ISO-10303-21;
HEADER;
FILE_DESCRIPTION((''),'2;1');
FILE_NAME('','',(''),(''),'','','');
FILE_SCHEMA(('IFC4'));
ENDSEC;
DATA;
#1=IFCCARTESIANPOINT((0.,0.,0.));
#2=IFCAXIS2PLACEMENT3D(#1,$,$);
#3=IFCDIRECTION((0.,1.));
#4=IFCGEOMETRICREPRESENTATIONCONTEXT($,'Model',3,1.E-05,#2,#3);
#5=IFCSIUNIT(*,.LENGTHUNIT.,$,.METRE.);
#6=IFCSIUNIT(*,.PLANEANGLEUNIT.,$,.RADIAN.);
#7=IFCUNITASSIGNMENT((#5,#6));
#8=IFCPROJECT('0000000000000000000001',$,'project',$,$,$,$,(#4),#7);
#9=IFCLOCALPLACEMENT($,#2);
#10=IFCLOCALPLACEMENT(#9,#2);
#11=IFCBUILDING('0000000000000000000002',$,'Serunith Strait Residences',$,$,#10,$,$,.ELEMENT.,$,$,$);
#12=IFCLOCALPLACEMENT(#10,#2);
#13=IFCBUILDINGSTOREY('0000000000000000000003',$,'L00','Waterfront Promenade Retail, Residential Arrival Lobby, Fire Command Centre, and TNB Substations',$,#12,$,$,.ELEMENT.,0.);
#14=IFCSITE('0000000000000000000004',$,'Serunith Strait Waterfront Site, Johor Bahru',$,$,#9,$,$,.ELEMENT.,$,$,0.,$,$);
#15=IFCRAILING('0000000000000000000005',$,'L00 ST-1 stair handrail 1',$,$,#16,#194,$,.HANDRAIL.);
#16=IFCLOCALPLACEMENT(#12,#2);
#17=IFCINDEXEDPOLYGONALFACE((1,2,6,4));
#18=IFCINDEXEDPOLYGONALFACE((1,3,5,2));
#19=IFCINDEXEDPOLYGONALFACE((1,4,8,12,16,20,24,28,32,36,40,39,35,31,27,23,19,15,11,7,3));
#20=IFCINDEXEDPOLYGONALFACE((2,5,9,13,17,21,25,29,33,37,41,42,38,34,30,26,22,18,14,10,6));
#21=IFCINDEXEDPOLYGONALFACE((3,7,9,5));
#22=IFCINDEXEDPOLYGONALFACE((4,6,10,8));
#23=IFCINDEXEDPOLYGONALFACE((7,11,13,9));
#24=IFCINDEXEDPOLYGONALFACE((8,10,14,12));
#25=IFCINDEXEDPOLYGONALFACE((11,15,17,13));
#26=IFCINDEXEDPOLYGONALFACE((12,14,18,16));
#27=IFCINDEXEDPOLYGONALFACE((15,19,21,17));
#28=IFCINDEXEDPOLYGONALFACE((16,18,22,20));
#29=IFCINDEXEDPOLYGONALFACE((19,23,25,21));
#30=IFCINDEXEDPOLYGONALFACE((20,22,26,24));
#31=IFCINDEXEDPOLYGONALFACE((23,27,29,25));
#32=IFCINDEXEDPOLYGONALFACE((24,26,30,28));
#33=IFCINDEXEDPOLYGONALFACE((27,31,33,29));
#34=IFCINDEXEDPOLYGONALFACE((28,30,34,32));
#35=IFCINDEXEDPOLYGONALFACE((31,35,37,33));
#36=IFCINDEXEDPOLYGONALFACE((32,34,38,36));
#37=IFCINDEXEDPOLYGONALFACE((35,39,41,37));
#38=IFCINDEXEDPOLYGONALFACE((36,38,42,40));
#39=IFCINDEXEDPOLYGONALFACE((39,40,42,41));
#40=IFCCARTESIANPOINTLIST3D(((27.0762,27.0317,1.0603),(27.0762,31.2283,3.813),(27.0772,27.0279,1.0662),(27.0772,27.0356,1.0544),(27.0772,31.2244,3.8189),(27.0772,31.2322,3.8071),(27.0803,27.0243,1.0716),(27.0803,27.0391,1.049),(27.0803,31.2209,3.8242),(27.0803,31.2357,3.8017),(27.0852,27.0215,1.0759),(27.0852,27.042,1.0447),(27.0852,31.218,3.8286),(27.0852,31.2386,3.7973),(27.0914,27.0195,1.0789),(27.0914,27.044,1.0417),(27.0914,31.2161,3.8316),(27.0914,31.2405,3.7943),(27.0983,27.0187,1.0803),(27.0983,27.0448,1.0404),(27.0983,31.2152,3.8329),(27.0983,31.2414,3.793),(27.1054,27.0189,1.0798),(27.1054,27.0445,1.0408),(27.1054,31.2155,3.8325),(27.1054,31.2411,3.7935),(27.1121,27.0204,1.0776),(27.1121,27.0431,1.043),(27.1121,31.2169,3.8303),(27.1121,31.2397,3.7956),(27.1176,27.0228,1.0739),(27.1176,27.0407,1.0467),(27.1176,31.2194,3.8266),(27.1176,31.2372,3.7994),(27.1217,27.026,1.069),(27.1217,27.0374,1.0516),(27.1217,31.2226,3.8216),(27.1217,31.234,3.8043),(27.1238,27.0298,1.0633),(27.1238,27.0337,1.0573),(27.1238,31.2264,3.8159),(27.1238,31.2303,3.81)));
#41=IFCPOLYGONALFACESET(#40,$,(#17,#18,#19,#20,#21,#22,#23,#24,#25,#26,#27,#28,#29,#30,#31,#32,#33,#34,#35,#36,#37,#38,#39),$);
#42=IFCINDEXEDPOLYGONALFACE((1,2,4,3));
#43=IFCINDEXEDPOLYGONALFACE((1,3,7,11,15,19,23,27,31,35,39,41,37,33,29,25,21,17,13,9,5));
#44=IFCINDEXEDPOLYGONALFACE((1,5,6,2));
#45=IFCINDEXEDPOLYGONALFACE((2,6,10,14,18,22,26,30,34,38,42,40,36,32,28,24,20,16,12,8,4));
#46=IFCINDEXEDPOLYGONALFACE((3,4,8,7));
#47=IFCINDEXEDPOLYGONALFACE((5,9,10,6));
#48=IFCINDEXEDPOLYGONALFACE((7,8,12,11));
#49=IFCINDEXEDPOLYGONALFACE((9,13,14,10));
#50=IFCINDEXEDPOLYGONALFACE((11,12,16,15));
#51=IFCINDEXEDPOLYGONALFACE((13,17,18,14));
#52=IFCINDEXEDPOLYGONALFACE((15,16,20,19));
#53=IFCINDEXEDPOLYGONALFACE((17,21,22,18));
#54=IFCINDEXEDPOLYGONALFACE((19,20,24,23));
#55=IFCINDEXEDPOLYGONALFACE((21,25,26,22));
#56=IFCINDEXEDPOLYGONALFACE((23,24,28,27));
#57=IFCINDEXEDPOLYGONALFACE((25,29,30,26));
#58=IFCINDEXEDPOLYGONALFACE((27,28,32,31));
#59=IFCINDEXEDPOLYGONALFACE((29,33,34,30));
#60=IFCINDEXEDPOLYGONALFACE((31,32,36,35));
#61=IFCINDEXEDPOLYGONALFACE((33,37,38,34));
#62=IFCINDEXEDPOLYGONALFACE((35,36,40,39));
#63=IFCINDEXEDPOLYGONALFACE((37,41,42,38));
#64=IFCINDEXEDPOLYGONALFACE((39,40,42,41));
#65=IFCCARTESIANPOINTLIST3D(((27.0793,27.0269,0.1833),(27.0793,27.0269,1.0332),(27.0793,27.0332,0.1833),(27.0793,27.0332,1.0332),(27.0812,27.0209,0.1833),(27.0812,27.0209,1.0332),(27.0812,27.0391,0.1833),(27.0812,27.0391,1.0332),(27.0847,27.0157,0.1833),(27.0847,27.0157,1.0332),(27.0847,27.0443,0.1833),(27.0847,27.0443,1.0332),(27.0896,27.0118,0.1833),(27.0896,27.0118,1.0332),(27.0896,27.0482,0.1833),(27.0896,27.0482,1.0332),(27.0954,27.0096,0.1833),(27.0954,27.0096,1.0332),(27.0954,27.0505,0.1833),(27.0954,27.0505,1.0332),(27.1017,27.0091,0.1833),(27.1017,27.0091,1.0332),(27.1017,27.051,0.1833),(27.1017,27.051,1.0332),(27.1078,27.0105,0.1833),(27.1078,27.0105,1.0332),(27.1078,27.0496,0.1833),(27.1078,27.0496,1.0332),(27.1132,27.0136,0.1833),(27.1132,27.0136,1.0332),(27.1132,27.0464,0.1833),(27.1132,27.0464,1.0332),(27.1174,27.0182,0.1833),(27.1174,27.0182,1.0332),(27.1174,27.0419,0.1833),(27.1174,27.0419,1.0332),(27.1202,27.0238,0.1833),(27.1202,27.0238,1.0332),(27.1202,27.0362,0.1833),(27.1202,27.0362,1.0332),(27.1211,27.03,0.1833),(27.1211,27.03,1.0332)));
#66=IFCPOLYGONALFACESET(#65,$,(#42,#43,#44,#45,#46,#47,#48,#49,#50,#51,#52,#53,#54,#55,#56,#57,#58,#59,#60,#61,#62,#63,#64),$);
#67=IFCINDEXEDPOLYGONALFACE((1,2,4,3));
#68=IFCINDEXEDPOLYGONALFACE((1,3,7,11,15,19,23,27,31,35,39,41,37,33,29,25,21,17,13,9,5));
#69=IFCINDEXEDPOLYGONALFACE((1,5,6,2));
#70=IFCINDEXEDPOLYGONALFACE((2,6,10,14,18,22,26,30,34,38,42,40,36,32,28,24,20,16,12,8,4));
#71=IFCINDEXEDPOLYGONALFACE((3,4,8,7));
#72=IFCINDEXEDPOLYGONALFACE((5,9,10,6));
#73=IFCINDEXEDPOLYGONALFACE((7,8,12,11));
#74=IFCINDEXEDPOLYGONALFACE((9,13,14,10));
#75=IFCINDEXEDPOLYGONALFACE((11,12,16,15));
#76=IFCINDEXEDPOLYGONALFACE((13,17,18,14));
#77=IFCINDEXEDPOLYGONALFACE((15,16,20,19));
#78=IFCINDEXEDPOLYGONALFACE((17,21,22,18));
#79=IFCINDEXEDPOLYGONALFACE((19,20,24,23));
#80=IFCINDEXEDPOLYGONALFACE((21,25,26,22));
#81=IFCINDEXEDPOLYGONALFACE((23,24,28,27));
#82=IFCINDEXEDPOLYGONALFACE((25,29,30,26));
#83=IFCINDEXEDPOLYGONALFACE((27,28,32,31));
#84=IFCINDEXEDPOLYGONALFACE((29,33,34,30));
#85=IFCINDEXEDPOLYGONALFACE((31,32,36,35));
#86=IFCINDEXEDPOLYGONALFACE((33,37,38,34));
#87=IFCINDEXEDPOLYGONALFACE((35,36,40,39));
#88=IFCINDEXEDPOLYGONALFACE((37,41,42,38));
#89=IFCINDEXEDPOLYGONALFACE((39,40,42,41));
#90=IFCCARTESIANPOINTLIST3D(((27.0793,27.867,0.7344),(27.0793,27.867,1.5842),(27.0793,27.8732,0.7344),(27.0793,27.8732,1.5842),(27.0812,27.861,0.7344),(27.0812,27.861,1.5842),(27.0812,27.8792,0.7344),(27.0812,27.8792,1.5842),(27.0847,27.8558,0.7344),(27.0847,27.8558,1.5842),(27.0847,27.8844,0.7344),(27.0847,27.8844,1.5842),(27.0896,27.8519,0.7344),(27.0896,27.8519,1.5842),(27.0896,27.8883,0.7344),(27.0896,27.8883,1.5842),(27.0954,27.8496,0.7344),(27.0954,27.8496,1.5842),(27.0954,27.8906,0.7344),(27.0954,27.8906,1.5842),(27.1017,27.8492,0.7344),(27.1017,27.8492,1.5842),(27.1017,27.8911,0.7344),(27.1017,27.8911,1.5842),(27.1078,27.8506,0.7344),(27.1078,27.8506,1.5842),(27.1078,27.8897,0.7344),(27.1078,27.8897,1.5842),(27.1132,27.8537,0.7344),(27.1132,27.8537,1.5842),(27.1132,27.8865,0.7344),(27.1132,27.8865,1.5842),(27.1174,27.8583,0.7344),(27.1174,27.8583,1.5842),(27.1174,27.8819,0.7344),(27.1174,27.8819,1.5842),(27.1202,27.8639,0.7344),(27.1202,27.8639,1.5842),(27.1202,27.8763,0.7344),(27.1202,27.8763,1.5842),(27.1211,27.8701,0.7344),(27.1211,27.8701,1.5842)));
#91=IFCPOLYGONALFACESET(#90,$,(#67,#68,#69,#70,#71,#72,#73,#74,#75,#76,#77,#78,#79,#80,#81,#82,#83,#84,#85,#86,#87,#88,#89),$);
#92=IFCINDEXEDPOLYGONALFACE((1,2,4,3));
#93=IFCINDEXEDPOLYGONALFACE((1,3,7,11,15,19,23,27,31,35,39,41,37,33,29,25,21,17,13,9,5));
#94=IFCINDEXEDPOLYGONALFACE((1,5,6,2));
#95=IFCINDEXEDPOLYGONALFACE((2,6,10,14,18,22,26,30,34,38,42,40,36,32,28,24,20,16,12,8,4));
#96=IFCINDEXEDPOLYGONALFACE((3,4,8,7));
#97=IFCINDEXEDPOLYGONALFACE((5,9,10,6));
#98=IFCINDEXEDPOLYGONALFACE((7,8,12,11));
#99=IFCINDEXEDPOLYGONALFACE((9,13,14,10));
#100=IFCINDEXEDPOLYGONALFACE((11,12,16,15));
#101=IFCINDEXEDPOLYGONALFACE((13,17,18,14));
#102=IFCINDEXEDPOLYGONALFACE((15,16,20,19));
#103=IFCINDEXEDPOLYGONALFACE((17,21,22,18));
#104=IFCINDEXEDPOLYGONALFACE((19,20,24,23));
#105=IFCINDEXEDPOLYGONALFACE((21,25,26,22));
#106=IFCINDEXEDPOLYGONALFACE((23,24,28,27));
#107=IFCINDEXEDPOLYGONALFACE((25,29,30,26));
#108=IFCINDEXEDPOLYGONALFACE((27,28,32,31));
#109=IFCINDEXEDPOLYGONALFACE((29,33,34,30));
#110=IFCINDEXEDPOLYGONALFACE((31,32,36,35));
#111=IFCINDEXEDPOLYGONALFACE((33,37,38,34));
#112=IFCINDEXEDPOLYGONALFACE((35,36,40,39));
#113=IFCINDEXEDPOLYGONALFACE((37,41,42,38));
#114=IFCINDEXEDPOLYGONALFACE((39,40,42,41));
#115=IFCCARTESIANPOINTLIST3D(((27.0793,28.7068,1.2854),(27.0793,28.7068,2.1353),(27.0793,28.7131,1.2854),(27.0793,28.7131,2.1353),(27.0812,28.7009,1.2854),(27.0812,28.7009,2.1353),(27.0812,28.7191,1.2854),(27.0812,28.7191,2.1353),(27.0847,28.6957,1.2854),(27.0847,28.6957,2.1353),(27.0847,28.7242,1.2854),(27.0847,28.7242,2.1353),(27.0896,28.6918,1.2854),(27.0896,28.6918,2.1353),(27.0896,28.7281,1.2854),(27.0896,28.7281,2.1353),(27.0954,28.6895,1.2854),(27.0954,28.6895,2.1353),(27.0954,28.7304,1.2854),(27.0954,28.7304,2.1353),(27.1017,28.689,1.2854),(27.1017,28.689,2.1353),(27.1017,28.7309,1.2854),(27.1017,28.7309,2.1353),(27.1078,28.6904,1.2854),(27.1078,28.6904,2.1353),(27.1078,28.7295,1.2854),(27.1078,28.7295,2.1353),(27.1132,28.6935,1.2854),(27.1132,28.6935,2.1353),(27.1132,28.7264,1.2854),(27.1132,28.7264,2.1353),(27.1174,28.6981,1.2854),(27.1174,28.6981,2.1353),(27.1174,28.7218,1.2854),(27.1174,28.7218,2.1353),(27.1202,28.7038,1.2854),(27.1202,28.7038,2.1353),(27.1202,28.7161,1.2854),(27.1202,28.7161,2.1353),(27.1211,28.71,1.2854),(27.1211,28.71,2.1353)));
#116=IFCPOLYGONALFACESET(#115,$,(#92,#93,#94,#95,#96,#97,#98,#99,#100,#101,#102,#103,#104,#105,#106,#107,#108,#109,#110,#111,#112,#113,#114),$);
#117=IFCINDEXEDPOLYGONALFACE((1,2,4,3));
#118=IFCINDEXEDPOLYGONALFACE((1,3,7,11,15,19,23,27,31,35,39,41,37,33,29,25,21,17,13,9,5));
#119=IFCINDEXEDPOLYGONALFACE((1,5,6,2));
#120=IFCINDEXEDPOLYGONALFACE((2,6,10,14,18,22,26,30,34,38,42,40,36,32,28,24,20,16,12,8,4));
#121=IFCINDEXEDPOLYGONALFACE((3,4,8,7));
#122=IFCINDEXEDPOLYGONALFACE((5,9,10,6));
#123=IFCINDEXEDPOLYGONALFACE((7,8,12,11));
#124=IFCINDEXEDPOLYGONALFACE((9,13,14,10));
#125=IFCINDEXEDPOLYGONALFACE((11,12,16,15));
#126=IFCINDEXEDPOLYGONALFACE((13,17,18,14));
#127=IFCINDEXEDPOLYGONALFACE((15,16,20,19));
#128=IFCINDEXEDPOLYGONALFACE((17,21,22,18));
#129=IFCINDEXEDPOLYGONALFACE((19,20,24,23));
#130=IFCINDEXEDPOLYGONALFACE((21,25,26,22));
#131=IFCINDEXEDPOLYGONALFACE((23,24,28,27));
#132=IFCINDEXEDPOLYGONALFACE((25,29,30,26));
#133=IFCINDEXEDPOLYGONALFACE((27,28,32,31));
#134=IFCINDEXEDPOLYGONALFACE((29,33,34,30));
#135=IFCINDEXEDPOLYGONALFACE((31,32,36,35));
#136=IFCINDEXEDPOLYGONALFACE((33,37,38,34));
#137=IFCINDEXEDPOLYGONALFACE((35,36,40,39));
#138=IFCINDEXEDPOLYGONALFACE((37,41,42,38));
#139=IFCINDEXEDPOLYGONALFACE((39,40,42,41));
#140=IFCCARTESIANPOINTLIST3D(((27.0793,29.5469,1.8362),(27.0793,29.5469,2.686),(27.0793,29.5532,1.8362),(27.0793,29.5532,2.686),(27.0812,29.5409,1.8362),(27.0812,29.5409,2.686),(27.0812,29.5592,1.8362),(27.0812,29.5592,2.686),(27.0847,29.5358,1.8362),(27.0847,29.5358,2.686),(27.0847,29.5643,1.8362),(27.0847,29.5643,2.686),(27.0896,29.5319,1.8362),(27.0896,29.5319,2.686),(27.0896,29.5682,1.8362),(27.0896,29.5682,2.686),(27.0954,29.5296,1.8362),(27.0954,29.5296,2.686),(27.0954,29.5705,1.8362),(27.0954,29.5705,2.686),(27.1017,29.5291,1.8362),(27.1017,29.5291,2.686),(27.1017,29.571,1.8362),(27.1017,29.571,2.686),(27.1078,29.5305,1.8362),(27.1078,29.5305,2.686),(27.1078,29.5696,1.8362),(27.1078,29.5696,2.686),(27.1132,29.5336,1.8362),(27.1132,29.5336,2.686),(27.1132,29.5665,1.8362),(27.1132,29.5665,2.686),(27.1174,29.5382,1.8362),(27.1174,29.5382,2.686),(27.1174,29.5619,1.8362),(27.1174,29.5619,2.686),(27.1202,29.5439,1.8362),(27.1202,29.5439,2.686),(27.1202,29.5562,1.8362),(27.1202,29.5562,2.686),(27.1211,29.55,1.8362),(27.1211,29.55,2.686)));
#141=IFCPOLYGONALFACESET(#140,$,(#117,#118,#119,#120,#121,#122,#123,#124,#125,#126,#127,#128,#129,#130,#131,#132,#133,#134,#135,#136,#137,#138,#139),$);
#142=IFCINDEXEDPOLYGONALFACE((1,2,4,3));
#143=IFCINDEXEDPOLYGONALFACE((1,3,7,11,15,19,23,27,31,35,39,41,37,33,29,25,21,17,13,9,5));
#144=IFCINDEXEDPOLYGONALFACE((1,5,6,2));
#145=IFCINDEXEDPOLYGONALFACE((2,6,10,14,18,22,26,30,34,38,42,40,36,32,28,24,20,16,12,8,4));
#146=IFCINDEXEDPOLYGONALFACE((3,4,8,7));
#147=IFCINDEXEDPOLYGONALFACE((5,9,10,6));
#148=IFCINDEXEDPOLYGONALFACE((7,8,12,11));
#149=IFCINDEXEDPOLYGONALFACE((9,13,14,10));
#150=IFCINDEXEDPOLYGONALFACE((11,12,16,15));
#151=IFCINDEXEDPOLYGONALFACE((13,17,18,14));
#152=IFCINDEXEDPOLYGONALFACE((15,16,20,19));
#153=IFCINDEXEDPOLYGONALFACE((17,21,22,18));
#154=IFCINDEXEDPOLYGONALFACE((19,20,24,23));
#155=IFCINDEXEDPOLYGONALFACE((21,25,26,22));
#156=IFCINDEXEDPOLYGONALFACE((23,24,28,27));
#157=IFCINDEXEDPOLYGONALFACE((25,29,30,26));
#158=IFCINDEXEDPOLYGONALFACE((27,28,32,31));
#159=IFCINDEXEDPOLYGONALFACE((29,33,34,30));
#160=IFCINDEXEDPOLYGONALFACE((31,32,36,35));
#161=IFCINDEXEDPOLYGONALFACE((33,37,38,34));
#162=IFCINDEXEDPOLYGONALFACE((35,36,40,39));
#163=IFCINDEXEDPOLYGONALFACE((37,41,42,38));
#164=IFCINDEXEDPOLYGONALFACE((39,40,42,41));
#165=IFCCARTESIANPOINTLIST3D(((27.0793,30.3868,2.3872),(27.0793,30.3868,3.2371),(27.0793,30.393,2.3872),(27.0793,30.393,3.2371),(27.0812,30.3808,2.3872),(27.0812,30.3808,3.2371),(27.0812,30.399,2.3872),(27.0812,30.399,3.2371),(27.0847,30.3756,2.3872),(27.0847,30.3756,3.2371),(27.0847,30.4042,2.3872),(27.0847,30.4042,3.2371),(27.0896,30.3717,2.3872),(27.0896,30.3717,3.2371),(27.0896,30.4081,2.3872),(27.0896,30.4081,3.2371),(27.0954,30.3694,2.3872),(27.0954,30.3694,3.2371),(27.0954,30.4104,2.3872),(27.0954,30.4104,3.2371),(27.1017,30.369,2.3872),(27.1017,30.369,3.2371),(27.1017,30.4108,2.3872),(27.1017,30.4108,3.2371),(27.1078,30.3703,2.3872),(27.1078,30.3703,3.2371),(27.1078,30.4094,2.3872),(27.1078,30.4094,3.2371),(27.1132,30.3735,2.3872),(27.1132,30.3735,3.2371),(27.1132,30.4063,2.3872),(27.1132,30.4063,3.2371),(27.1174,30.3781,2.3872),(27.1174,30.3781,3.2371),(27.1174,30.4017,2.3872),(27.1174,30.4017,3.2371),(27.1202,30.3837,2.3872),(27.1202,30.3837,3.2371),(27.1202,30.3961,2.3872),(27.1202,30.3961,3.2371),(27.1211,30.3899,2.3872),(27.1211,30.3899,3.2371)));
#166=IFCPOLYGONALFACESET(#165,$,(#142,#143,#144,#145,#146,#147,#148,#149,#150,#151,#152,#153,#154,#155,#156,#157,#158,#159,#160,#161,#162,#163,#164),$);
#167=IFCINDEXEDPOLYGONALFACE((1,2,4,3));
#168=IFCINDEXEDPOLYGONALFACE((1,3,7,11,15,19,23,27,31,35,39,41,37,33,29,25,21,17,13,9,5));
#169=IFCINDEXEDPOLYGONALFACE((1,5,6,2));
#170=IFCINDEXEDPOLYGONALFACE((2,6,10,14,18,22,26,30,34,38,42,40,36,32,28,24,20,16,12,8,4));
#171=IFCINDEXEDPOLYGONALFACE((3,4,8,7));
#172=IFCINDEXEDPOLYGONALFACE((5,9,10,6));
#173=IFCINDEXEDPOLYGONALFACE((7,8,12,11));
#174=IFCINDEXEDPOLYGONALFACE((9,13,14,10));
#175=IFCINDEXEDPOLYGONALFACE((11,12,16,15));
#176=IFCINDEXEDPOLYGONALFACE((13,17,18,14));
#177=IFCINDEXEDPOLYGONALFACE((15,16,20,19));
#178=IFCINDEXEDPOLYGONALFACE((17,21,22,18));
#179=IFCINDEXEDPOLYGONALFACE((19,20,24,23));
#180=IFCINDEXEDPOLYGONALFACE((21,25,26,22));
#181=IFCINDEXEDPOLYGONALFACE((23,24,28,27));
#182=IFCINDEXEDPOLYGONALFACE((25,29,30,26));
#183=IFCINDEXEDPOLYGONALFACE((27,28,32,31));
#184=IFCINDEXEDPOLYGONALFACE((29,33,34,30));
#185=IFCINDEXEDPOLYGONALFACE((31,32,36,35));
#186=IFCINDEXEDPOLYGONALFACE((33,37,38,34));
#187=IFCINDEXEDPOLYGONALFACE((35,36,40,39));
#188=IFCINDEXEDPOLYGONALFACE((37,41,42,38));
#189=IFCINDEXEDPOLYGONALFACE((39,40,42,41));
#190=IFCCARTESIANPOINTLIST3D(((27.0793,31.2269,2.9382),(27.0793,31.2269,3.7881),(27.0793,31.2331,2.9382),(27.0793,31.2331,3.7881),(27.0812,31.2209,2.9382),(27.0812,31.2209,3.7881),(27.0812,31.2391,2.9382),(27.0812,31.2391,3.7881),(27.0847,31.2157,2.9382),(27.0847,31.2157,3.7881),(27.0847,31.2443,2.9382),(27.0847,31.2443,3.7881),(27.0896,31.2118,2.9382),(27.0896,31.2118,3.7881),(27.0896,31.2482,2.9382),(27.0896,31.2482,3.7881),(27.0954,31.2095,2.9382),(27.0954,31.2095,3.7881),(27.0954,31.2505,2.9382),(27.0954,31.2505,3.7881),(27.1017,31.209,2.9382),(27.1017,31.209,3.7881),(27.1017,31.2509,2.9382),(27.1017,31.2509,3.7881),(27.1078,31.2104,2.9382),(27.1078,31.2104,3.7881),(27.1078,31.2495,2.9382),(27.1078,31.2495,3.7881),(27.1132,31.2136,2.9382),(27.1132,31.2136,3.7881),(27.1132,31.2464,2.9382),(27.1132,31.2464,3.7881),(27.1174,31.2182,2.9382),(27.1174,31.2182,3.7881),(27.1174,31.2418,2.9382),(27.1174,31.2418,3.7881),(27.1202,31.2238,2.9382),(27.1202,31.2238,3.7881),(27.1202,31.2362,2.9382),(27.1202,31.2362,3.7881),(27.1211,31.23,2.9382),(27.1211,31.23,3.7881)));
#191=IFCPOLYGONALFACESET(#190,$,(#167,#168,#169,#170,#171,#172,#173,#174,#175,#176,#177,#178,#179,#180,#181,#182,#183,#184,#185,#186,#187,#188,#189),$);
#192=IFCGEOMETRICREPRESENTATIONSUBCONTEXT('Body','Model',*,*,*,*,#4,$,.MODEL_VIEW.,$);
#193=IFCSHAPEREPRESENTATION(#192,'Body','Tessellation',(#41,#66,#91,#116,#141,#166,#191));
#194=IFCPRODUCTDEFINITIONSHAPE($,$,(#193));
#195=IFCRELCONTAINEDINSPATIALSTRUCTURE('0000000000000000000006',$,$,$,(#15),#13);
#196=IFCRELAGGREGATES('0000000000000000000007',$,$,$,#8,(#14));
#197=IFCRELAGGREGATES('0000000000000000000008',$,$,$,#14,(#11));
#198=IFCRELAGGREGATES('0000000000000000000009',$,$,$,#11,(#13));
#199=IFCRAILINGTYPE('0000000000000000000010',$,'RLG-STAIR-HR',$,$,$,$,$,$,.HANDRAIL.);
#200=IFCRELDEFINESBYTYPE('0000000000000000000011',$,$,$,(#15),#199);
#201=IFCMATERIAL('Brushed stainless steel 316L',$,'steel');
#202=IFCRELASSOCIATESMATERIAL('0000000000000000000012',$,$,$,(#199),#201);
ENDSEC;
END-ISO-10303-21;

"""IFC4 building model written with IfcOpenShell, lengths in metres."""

from ifc_helpers import new_model, si_unit, direction, frame, origin, origin_2d, place, context, subcontext, project, spatial, circle, extrude, material, type_object, element, save


model = new_model("IFC4")

# Units and contexts
model_context = context("Model", 3, precision=1e-05, world=origin(), true_north=direction((0.0, 1.0)))
body_context = subcontext(model_context, "Body", "Model", "MODEL_VIEW")
ifc_project = project(units=[si_unit("LENGTHUNIT", "METRE"), si_unit("PLANEANGLEUNIT", "RADIAN")], contexts=[model_context])

# Site, building, storey
site_placement = place(None, origin())
site = spatial("IfcSite", under=ifc_project, at=site_placement, Name="Serunith Strait Waterfront Site, Johor Bahru", CompositionType="ELEMENT", RefElevation=0.0)
building_placement = place(site_placement, origin())
building = spatial("IfcBuilding", under=site, at=building_placement, Name="Serunith Strait Residences", CompositionType="ELEMENT")
storey_placement = place(building_placement, origin())
storey = spatial("IfcBuildingStorey", under=building, at=storey_placement, Name="L00", Description="Waterfront Promenade Retail, Residential Arrival Lobby, Fire Command Centre, and TNB Substations", CompositionType="ELEMENT", Elevation=0.0)

# Railing
ifc_material_1 = material(Name="Brushed stainless steel 316L", Category="steel")
railing_type_1 = type_object("IfcRailingType", Name="RLG-STAIR-HR", PredefinedType="HANDRAIL", material=ifc_material_1)
railing_1_placement = place(storey_placement, frame((27.1001, 27.03, 0.1833)))
element("IfcRailing", 1, at=railing_1_placement, inside=storey, type_object=railing_type_1, Name="L00 ST-1 stair handrail 1", PredefinedType="HANDRAIL", context=body_context, shape_type="SweptSolid", body=[
    extrude(circle(Radius=0.0239, at=origin_2d()), frame((0.0, 0.0017, 0.877), z_axis=(0.0, 0.83617, 0.548471), x_axis=(-1.0, 0.0, 0.0)), (0.0, 0.0, 1.0), 5.0188),
    extrude(circle(Radius=0.021, at=origin_2d()), origin(), (0.0, 0.0, 1.0), 0.8499),
    extrude(circle(Radius=0.021, at=origin_2d()), frame((0.0, 0.8401, 0.551)), (0.0, 0.0, 1.0), 0.8499),
    extrude(circle(Radius=0.021, at=origin_2d()), frame((0.0, 1.6799, 1.1021)), (0.0, 0.0, 1.0), 0.8499),
    extrude(circle(Radius=0.021, at=origin_2d()), frame((0.0, 2.52, 1.6528)), (0.0, 0.0, 1.0), 0.8499),
    extrude(circle(Radius=0.021, at=origin_2d()), frame((0.0, 3.3599, 2.2039)), (0.0, 0.0, 1.0), 0.8499),
    extrude(circle(Radius=0.021, at=origin_2d()), frame((0.0, 4.2, 2.7549)), (0.0, 0.0, 1.0), 0.8499),
])

save(model, "model.ifc")
